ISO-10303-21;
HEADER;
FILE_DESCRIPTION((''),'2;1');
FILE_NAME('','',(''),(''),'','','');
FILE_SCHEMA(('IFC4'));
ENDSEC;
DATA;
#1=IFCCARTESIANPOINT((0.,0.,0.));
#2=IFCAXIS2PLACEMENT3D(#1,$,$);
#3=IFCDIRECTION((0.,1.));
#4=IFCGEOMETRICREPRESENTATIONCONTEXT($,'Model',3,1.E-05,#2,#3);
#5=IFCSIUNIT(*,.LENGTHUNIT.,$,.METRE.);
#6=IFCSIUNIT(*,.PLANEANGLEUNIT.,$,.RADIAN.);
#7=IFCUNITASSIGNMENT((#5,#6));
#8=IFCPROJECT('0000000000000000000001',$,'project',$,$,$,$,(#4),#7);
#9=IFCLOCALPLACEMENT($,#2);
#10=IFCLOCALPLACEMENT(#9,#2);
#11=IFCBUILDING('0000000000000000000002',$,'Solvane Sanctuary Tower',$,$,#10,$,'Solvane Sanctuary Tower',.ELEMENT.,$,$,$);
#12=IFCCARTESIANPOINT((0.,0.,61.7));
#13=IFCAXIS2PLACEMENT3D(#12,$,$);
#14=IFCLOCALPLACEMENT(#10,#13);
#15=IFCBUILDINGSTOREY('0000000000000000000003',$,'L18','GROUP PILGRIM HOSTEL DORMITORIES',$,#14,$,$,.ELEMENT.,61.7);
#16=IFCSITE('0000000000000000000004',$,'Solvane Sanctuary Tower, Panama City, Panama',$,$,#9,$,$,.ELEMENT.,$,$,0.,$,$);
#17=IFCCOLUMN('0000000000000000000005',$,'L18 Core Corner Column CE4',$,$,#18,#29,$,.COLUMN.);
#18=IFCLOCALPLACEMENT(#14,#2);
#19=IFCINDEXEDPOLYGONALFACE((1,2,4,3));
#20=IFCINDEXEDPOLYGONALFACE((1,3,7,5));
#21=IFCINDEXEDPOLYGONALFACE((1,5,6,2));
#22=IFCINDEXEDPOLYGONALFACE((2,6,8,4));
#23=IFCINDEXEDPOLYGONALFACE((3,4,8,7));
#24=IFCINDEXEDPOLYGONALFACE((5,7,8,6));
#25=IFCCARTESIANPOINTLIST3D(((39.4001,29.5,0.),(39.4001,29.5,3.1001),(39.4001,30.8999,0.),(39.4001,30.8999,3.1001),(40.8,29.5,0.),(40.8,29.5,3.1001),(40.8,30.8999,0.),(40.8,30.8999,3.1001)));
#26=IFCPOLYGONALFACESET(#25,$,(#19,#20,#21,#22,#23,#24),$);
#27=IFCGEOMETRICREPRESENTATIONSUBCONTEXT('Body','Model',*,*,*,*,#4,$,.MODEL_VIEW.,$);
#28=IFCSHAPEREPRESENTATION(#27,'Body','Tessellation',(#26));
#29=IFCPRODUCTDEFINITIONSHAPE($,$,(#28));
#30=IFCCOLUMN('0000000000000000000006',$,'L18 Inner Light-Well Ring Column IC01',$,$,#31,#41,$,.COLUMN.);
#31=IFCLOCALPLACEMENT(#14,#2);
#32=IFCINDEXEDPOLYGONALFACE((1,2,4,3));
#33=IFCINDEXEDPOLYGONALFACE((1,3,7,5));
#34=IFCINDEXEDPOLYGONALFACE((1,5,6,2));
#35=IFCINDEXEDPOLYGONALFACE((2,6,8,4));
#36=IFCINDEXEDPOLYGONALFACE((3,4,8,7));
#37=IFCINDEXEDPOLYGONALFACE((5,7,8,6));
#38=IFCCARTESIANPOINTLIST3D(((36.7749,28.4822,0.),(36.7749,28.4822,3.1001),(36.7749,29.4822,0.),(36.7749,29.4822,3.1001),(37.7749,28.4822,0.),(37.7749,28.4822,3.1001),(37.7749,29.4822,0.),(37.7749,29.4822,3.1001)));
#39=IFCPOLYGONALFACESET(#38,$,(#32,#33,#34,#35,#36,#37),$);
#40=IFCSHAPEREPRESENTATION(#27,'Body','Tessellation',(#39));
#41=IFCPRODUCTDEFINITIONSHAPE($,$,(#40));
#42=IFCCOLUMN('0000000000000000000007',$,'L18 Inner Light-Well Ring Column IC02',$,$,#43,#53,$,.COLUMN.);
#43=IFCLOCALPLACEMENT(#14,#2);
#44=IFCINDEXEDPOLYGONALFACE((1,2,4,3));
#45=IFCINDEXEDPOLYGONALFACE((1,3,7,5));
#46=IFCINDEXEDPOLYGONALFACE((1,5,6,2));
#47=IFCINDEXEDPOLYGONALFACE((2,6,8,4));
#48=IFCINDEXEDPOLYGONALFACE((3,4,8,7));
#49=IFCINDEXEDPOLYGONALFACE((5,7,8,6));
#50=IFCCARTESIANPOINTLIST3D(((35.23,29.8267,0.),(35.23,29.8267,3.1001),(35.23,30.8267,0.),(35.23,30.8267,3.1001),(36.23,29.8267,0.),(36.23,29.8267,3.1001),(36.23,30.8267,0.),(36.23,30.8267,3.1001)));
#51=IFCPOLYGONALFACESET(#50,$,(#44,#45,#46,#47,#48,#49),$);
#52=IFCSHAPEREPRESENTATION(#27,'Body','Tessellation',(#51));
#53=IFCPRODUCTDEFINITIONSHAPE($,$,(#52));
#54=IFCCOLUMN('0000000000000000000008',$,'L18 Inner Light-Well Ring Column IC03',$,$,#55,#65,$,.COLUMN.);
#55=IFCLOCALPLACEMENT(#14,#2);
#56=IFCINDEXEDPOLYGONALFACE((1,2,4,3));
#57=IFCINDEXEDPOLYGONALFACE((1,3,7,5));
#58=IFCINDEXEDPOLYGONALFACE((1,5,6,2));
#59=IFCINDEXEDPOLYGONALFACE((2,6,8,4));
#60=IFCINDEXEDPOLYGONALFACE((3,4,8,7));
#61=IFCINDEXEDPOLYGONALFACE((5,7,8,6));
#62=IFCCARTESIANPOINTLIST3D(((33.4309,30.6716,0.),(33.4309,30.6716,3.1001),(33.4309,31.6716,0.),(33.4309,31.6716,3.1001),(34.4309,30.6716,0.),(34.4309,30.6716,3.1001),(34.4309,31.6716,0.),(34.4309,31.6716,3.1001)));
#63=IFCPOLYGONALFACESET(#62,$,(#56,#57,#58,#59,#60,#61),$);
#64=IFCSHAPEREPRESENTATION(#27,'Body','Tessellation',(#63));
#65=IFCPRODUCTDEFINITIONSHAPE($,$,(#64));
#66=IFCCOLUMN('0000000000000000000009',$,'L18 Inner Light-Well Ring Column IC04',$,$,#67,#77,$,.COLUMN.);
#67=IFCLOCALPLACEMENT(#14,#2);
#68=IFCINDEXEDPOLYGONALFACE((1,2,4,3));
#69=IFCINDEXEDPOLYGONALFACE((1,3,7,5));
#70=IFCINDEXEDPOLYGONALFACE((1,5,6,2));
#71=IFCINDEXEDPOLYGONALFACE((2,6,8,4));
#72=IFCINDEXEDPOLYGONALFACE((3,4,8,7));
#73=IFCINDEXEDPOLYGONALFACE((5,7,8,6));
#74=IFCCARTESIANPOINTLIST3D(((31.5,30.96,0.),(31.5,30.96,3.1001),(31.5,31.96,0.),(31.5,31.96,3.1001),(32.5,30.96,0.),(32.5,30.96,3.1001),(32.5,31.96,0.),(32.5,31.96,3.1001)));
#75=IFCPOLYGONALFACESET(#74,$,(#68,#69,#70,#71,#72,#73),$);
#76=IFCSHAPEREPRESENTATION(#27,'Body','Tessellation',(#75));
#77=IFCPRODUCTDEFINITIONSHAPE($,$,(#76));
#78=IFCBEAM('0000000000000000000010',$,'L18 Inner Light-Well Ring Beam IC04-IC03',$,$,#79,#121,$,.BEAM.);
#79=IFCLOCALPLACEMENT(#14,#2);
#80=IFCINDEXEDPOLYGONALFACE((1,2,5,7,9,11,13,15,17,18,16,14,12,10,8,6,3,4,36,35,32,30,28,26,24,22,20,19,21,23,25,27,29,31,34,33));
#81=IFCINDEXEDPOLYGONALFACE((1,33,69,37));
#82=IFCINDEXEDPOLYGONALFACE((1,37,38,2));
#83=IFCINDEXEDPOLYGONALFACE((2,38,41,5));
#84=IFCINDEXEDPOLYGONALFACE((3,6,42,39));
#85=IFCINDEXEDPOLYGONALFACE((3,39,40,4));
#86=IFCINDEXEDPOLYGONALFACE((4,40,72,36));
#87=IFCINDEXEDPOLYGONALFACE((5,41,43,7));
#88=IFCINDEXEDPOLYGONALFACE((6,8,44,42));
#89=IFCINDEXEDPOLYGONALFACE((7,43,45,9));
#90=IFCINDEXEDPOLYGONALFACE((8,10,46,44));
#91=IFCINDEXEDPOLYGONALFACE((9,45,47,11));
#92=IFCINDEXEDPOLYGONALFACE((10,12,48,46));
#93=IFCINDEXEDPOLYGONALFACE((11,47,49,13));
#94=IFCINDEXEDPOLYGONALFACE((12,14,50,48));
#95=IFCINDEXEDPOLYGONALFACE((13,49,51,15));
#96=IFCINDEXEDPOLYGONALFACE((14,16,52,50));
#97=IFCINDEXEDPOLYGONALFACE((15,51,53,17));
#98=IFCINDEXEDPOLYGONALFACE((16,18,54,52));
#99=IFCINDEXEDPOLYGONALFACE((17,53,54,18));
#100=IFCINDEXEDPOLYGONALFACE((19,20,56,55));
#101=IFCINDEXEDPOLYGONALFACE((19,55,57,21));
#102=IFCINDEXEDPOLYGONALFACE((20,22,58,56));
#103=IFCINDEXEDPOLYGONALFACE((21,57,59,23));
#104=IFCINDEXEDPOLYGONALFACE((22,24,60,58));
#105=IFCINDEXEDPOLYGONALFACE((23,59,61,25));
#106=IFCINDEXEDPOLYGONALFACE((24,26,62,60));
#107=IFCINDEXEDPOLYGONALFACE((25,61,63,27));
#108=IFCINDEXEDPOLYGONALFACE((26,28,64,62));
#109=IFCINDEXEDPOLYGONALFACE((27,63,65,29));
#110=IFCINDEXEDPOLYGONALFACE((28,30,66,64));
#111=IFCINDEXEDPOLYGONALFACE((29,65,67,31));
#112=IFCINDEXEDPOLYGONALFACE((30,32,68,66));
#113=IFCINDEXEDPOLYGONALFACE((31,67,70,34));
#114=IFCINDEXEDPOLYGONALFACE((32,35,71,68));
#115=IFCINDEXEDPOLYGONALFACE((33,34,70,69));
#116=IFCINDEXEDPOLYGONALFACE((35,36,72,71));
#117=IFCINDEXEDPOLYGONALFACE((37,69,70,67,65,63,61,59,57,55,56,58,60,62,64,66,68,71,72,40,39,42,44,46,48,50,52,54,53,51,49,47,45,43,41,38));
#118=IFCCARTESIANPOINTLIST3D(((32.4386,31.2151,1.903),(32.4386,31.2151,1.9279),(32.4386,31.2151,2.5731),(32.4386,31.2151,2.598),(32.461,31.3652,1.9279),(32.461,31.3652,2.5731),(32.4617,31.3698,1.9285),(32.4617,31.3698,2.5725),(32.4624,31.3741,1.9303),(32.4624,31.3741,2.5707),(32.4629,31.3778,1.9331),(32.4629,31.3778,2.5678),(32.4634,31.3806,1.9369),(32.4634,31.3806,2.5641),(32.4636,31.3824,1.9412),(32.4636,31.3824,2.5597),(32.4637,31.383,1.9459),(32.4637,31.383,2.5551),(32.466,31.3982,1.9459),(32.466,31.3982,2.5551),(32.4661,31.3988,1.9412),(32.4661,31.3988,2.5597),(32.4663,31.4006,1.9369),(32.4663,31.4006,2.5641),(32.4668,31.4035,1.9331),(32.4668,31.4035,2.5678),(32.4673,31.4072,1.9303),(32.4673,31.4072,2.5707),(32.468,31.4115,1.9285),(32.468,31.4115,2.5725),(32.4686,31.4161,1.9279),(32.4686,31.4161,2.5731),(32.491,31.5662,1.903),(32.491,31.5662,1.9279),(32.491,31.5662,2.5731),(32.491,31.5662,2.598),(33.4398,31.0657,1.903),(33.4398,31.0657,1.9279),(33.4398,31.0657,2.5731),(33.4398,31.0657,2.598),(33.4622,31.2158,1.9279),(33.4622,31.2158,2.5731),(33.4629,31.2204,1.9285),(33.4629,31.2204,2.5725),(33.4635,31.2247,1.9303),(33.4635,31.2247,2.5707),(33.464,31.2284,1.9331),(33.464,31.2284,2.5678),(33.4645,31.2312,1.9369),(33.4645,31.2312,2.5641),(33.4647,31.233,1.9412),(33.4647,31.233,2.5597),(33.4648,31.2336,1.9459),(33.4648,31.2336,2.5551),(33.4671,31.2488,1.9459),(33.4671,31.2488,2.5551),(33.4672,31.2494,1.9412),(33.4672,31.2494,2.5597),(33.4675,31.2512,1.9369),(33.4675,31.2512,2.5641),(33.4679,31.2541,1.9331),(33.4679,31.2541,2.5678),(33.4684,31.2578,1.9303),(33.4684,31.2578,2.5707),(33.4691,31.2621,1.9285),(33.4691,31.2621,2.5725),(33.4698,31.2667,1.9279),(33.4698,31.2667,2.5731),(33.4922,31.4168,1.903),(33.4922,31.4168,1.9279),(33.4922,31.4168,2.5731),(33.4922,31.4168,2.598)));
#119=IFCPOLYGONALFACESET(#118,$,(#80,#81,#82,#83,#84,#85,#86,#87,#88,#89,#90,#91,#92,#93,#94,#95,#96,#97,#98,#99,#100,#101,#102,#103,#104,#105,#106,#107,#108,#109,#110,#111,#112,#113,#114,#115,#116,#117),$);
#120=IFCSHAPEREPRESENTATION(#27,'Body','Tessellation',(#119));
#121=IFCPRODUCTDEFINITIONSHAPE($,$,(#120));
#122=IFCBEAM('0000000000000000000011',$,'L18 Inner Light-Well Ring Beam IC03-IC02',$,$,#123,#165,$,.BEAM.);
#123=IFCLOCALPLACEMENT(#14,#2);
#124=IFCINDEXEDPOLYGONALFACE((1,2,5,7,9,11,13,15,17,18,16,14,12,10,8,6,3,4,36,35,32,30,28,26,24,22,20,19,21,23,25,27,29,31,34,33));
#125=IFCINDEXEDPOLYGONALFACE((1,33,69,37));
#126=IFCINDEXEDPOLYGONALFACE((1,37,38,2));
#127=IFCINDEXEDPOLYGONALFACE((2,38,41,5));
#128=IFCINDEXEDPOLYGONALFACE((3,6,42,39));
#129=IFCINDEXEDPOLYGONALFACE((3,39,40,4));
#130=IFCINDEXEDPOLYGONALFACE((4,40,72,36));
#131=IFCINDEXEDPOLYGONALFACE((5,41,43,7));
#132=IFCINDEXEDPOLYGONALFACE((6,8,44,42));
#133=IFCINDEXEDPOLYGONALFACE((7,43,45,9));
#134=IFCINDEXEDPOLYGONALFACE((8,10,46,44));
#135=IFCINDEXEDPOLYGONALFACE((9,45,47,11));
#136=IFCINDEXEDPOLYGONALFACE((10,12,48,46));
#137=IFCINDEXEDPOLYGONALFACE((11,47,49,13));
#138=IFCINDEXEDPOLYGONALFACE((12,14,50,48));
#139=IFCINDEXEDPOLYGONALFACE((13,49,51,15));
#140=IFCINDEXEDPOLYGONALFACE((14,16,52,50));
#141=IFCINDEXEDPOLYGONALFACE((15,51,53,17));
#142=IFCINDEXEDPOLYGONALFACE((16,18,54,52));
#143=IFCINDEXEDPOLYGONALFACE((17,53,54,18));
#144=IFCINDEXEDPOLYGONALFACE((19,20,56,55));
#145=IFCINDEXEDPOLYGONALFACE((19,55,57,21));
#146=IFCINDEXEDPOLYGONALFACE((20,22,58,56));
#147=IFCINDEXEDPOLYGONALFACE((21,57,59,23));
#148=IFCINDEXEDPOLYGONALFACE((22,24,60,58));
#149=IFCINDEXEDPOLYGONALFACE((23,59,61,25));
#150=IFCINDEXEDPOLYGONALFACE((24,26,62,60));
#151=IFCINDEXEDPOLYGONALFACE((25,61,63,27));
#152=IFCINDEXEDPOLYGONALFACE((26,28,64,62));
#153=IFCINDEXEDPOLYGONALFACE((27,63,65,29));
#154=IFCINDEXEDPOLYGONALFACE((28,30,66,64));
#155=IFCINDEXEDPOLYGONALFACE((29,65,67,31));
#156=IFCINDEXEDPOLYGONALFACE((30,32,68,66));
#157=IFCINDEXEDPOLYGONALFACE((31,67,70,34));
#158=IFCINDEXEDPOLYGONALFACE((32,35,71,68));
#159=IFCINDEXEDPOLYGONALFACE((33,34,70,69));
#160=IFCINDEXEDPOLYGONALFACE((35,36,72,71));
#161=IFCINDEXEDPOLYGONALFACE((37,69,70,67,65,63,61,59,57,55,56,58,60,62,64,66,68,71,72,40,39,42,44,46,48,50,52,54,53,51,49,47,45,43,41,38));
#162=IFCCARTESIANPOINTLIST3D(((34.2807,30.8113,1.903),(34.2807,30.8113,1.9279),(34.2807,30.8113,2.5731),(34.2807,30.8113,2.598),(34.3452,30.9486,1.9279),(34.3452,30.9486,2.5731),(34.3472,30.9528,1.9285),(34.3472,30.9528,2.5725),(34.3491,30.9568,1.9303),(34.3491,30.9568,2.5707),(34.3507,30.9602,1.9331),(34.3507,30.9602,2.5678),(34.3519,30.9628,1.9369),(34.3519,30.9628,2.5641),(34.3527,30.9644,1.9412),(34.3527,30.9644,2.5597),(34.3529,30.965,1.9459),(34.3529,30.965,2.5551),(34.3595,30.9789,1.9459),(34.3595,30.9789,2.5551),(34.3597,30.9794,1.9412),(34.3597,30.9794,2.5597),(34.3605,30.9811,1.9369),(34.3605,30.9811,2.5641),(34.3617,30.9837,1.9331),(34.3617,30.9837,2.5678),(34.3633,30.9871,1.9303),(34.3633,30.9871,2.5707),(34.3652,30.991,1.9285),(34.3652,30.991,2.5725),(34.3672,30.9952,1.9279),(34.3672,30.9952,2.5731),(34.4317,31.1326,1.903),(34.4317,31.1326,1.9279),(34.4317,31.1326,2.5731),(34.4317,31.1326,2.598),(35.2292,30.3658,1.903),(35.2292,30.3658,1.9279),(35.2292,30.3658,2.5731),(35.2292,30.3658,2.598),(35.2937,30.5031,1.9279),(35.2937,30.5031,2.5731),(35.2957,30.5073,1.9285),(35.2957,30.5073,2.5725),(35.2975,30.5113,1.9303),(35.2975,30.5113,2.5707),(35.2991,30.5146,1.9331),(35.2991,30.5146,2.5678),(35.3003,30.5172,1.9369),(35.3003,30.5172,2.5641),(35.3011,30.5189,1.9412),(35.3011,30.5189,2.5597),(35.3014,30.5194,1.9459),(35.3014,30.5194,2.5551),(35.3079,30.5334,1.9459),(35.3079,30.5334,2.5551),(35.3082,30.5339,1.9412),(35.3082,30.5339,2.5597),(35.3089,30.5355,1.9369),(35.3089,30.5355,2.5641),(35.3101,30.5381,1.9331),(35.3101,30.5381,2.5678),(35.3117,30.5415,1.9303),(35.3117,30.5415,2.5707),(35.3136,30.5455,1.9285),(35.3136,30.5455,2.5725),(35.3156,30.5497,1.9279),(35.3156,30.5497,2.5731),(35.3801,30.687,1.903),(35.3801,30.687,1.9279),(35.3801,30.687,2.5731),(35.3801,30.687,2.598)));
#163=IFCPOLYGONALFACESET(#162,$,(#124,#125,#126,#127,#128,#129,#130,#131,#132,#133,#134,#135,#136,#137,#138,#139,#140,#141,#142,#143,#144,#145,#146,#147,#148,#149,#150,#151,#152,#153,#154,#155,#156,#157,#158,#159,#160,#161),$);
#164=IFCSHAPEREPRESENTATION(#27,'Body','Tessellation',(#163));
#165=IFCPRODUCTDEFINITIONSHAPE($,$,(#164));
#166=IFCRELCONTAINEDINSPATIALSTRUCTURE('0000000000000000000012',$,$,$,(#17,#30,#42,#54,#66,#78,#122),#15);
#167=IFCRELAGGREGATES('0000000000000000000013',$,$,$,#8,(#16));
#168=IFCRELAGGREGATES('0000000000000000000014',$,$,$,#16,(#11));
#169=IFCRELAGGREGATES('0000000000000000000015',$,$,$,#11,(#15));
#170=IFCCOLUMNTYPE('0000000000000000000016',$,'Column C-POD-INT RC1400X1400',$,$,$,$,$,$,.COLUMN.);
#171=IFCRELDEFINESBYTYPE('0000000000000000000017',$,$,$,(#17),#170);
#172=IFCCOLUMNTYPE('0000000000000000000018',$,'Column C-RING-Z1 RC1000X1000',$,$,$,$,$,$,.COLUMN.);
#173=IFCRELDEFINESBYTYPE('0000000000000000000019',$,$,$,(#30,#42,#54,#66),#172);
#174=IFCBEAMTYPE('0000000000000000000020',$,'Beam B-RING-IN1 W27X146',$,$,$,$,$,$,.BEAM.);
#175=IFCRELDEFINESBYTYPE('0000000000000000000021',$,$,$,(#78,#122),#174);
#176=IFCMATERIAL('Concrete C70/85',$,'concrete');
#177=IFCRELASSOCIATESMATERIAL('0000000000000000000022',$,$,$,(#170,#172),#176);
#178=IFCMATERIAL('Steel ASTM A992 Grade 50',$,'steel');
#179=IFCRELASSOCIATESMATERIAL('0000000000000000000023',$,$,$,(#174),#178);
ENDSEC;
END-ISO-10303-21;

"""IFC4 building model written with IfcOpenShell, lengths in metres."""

from ifc_helpers import new_model, si_unit, direction, frame, origin, origin_2d, place, context, subcontext, project, spatial, rectangle, i_section, extrude, material, material_profile, profile_set, type_object, element, save


model = new_model("IFC4")

# Units and contexts
model_context = context("Model", 3, precision=1e-05, world=origin(), true_north=direction((0.0, 1.0)))
body_context = subcontext(model_context, "Body", "Model", "MODEL_VIEW")
ifc_project = project(units=[si_unit("LENGTHUNIT", "METRE"), si_unit("PLANEANGLEUNIT", "RADIAN")], contexts=[model_context])

# Site, building, storey
site_placement = place(None, origin())
site = spatial("IfcSite", under=ifc_project, at=site_placement, Name="Solvane Sanctuary Tower, Panama City, Panama", CompositionType="ELEMENT", RefElevation=0.0)
building_placement = place(site_placement, origin())
building = spatial("IfcBuilding", under=site, at=building_placement, Name="Solvane Sanctuary Tower", LongName="Solvane Sanctuary Tower", CompositionType="ELEMENT")
storey_placement = place(building_placement, frame((0.0, 0.0, 61.7)))
storey = spatial("IfcBuildingStorey", under=building, at=storey_placement, Name="L18", Description="GROUP PILGRIM HOSTEL DORMITORIES", CompositionType="ELEMENT", Elevation=61.7)

# Columns
ifc_material_1 = material(Name="Concrete C70/85", Category="concrete")
ifc_material_profile_1 = material_profile(ifc_material_1, rectangle(XDim=1.3999, YDim=1.3999, at=origin_2d()), Name="RC1400X1400")
ifc_profile_set_1 = profile_set([ifc_material_profile_1], Name="Concrete C70/85")
column_type_1 = type_object("IfcColumnType", Name="Column C-POD-INT RC1400X1400", PredefinedType="COLUMN", material=ifc_profile_set_1)
column_placement = place(storey_placement, frame((40.1001, 30.2, 0.0), z_axis=(0.0, 0.0, 1.0), x_axis=(1.0, 0.0, 0.0)))
element("IfcColumn", 1, at=column_placement, inside=storey, type_object=column_type_1, Name="L18 Core Corner Column CE4", PredefinedType="COLUMN", context=body_context, shape_type="SweptSolid", body=[
    extrude(rectangle(XDim=1.3999, YDim=1.3999, at=origin_2d()), origin(), (0.0, 0.0, 1.0), 3.1001),
])
ifc_material_profile_2 = material_profile(ifc_material_1, rectangle(XDim=1.0, YDim=1.0, at=origin_2d()), Name="RC1000X1000")
ifc_profile_set_2 = profile_set([ifc_material_profile_2], Name="Concrete C70/85")
column_type_2 = type_object("IfcColumnType", Name="Column C-RING-Z1 RC1000X1000", PredefinedType="COLUMN", material=ifc_profile_set_2)
for number, where, z_axis, x_axis, name in (
    (2, (37.2749, 28.9822, 0.0), (0.0, 0.0, 1.0), (1.0, 0.0, 0.0), "L18 Inner Light-Well Ring Column IC01"),
    (3, (35.73, 30.3267, 0.0), (0.0, 0.0, 1.0), (1.0, 0.0, 0.0), "L18 Inner Light-Well Ring Column IC02"),
    (4, (33.9309, 31.1716, 0.0), (0.0, 0.0, 1.0), (1.0, 0.0, 0.0), "L18 Inner Light-Well Ring Column IC03"),
    (5, (32.0, 31.46, 0.0), (0.0, 0.0, 1.0), (1.0, 0.0, 0.0), "L18 Inner Light-Well Ring Column IC04"),
):
    element("IfcColumn", number, at=place(storey_placement, frame(where, z_axis=z_axis, x_axis=x_axis)), inside=storey, type_object=column_type_2, Name=name, PredefinedType="COLUMN", context=body_context, shape_type="SweptSolid", body=[
        extrude(rectangle(XDim=1.0, YDim=1.0, at=origin_2d()), origin(), (0.0, 0.0, 1.0), 3.1001),
    ])

# Beams
ifc_material_2 = material(Name="Steel ASTM A992 Grade 50", Category="steel")
ifc_material_profile_3 = material_profile(ifc_material_2, i_section(OverallWidth=0.355, OverallDepth=0.6951, WebThickness=0.0154, FlangeThickness=0.0249, FilletRadius=0.0181, at=origin_2d()), Name="W27X146")
ifc_profile_set_3 = profile_set([ifc_material_profile_3], Name="Steel ASTM A992 Grade 50")
beam_type_1 = type_object("IfcBeamType", Name="Beam B-RING-IN1 W27X146", PredefinedType="BEAM", material=ifc_profile_set_3)
beam_1_placement = place(storey_placement, frame((32.4648, 31.3906, 2.2505), z_axis=(0.989048, -0.147597, 0.0), x_axis=(0.147597, 0.989048, 0.0)))
element("IfcBeam", 6, at=beam_1_placement, inside=storey, type_object=beam_type_1, Name="L18 Inner Light-Well Ring Beam IC04-IC03", PredefinedType="BEAM", context=body_context, shape_type="SweptSolid", body=[
    extrude(i_section(OverallWidth=0.355, OverallDepth=0.6951, WebThickness=0.0154, FlangeThickness=0.0249, FilletRadius=0.0181, at=origin_2d()), origin(), (0.0, 0.0, 1.0), 1.0122),
])
beam_2_placement = place(storey_placement, frame((34.3562, 30.9719, 2.2505), z_axis=(0.905109, -0.42518, 0.0), x_axis=(0.42518, 0.905109, 0.0)))
element("IfcBeam", 7, at=beam_2_placement, inside=storey, type_object=beam_type_1, Name="L18 Inner Light-Well Ring Beam IC03-IC02", PredefinedType="BEAM", context=body_context, shape_type="SweptSolid", body=[
    extrude(i_section(OverallWidth=0.355, OverallDepth=0.6951, WebThickness=0.0154, FlangeThickness=0.0249, FilletRadius=0.0181, at=origin_2d()), origin(), (0.0, 0.0, 1.0), 1.0479),
])

save(model, "model.ifc")
